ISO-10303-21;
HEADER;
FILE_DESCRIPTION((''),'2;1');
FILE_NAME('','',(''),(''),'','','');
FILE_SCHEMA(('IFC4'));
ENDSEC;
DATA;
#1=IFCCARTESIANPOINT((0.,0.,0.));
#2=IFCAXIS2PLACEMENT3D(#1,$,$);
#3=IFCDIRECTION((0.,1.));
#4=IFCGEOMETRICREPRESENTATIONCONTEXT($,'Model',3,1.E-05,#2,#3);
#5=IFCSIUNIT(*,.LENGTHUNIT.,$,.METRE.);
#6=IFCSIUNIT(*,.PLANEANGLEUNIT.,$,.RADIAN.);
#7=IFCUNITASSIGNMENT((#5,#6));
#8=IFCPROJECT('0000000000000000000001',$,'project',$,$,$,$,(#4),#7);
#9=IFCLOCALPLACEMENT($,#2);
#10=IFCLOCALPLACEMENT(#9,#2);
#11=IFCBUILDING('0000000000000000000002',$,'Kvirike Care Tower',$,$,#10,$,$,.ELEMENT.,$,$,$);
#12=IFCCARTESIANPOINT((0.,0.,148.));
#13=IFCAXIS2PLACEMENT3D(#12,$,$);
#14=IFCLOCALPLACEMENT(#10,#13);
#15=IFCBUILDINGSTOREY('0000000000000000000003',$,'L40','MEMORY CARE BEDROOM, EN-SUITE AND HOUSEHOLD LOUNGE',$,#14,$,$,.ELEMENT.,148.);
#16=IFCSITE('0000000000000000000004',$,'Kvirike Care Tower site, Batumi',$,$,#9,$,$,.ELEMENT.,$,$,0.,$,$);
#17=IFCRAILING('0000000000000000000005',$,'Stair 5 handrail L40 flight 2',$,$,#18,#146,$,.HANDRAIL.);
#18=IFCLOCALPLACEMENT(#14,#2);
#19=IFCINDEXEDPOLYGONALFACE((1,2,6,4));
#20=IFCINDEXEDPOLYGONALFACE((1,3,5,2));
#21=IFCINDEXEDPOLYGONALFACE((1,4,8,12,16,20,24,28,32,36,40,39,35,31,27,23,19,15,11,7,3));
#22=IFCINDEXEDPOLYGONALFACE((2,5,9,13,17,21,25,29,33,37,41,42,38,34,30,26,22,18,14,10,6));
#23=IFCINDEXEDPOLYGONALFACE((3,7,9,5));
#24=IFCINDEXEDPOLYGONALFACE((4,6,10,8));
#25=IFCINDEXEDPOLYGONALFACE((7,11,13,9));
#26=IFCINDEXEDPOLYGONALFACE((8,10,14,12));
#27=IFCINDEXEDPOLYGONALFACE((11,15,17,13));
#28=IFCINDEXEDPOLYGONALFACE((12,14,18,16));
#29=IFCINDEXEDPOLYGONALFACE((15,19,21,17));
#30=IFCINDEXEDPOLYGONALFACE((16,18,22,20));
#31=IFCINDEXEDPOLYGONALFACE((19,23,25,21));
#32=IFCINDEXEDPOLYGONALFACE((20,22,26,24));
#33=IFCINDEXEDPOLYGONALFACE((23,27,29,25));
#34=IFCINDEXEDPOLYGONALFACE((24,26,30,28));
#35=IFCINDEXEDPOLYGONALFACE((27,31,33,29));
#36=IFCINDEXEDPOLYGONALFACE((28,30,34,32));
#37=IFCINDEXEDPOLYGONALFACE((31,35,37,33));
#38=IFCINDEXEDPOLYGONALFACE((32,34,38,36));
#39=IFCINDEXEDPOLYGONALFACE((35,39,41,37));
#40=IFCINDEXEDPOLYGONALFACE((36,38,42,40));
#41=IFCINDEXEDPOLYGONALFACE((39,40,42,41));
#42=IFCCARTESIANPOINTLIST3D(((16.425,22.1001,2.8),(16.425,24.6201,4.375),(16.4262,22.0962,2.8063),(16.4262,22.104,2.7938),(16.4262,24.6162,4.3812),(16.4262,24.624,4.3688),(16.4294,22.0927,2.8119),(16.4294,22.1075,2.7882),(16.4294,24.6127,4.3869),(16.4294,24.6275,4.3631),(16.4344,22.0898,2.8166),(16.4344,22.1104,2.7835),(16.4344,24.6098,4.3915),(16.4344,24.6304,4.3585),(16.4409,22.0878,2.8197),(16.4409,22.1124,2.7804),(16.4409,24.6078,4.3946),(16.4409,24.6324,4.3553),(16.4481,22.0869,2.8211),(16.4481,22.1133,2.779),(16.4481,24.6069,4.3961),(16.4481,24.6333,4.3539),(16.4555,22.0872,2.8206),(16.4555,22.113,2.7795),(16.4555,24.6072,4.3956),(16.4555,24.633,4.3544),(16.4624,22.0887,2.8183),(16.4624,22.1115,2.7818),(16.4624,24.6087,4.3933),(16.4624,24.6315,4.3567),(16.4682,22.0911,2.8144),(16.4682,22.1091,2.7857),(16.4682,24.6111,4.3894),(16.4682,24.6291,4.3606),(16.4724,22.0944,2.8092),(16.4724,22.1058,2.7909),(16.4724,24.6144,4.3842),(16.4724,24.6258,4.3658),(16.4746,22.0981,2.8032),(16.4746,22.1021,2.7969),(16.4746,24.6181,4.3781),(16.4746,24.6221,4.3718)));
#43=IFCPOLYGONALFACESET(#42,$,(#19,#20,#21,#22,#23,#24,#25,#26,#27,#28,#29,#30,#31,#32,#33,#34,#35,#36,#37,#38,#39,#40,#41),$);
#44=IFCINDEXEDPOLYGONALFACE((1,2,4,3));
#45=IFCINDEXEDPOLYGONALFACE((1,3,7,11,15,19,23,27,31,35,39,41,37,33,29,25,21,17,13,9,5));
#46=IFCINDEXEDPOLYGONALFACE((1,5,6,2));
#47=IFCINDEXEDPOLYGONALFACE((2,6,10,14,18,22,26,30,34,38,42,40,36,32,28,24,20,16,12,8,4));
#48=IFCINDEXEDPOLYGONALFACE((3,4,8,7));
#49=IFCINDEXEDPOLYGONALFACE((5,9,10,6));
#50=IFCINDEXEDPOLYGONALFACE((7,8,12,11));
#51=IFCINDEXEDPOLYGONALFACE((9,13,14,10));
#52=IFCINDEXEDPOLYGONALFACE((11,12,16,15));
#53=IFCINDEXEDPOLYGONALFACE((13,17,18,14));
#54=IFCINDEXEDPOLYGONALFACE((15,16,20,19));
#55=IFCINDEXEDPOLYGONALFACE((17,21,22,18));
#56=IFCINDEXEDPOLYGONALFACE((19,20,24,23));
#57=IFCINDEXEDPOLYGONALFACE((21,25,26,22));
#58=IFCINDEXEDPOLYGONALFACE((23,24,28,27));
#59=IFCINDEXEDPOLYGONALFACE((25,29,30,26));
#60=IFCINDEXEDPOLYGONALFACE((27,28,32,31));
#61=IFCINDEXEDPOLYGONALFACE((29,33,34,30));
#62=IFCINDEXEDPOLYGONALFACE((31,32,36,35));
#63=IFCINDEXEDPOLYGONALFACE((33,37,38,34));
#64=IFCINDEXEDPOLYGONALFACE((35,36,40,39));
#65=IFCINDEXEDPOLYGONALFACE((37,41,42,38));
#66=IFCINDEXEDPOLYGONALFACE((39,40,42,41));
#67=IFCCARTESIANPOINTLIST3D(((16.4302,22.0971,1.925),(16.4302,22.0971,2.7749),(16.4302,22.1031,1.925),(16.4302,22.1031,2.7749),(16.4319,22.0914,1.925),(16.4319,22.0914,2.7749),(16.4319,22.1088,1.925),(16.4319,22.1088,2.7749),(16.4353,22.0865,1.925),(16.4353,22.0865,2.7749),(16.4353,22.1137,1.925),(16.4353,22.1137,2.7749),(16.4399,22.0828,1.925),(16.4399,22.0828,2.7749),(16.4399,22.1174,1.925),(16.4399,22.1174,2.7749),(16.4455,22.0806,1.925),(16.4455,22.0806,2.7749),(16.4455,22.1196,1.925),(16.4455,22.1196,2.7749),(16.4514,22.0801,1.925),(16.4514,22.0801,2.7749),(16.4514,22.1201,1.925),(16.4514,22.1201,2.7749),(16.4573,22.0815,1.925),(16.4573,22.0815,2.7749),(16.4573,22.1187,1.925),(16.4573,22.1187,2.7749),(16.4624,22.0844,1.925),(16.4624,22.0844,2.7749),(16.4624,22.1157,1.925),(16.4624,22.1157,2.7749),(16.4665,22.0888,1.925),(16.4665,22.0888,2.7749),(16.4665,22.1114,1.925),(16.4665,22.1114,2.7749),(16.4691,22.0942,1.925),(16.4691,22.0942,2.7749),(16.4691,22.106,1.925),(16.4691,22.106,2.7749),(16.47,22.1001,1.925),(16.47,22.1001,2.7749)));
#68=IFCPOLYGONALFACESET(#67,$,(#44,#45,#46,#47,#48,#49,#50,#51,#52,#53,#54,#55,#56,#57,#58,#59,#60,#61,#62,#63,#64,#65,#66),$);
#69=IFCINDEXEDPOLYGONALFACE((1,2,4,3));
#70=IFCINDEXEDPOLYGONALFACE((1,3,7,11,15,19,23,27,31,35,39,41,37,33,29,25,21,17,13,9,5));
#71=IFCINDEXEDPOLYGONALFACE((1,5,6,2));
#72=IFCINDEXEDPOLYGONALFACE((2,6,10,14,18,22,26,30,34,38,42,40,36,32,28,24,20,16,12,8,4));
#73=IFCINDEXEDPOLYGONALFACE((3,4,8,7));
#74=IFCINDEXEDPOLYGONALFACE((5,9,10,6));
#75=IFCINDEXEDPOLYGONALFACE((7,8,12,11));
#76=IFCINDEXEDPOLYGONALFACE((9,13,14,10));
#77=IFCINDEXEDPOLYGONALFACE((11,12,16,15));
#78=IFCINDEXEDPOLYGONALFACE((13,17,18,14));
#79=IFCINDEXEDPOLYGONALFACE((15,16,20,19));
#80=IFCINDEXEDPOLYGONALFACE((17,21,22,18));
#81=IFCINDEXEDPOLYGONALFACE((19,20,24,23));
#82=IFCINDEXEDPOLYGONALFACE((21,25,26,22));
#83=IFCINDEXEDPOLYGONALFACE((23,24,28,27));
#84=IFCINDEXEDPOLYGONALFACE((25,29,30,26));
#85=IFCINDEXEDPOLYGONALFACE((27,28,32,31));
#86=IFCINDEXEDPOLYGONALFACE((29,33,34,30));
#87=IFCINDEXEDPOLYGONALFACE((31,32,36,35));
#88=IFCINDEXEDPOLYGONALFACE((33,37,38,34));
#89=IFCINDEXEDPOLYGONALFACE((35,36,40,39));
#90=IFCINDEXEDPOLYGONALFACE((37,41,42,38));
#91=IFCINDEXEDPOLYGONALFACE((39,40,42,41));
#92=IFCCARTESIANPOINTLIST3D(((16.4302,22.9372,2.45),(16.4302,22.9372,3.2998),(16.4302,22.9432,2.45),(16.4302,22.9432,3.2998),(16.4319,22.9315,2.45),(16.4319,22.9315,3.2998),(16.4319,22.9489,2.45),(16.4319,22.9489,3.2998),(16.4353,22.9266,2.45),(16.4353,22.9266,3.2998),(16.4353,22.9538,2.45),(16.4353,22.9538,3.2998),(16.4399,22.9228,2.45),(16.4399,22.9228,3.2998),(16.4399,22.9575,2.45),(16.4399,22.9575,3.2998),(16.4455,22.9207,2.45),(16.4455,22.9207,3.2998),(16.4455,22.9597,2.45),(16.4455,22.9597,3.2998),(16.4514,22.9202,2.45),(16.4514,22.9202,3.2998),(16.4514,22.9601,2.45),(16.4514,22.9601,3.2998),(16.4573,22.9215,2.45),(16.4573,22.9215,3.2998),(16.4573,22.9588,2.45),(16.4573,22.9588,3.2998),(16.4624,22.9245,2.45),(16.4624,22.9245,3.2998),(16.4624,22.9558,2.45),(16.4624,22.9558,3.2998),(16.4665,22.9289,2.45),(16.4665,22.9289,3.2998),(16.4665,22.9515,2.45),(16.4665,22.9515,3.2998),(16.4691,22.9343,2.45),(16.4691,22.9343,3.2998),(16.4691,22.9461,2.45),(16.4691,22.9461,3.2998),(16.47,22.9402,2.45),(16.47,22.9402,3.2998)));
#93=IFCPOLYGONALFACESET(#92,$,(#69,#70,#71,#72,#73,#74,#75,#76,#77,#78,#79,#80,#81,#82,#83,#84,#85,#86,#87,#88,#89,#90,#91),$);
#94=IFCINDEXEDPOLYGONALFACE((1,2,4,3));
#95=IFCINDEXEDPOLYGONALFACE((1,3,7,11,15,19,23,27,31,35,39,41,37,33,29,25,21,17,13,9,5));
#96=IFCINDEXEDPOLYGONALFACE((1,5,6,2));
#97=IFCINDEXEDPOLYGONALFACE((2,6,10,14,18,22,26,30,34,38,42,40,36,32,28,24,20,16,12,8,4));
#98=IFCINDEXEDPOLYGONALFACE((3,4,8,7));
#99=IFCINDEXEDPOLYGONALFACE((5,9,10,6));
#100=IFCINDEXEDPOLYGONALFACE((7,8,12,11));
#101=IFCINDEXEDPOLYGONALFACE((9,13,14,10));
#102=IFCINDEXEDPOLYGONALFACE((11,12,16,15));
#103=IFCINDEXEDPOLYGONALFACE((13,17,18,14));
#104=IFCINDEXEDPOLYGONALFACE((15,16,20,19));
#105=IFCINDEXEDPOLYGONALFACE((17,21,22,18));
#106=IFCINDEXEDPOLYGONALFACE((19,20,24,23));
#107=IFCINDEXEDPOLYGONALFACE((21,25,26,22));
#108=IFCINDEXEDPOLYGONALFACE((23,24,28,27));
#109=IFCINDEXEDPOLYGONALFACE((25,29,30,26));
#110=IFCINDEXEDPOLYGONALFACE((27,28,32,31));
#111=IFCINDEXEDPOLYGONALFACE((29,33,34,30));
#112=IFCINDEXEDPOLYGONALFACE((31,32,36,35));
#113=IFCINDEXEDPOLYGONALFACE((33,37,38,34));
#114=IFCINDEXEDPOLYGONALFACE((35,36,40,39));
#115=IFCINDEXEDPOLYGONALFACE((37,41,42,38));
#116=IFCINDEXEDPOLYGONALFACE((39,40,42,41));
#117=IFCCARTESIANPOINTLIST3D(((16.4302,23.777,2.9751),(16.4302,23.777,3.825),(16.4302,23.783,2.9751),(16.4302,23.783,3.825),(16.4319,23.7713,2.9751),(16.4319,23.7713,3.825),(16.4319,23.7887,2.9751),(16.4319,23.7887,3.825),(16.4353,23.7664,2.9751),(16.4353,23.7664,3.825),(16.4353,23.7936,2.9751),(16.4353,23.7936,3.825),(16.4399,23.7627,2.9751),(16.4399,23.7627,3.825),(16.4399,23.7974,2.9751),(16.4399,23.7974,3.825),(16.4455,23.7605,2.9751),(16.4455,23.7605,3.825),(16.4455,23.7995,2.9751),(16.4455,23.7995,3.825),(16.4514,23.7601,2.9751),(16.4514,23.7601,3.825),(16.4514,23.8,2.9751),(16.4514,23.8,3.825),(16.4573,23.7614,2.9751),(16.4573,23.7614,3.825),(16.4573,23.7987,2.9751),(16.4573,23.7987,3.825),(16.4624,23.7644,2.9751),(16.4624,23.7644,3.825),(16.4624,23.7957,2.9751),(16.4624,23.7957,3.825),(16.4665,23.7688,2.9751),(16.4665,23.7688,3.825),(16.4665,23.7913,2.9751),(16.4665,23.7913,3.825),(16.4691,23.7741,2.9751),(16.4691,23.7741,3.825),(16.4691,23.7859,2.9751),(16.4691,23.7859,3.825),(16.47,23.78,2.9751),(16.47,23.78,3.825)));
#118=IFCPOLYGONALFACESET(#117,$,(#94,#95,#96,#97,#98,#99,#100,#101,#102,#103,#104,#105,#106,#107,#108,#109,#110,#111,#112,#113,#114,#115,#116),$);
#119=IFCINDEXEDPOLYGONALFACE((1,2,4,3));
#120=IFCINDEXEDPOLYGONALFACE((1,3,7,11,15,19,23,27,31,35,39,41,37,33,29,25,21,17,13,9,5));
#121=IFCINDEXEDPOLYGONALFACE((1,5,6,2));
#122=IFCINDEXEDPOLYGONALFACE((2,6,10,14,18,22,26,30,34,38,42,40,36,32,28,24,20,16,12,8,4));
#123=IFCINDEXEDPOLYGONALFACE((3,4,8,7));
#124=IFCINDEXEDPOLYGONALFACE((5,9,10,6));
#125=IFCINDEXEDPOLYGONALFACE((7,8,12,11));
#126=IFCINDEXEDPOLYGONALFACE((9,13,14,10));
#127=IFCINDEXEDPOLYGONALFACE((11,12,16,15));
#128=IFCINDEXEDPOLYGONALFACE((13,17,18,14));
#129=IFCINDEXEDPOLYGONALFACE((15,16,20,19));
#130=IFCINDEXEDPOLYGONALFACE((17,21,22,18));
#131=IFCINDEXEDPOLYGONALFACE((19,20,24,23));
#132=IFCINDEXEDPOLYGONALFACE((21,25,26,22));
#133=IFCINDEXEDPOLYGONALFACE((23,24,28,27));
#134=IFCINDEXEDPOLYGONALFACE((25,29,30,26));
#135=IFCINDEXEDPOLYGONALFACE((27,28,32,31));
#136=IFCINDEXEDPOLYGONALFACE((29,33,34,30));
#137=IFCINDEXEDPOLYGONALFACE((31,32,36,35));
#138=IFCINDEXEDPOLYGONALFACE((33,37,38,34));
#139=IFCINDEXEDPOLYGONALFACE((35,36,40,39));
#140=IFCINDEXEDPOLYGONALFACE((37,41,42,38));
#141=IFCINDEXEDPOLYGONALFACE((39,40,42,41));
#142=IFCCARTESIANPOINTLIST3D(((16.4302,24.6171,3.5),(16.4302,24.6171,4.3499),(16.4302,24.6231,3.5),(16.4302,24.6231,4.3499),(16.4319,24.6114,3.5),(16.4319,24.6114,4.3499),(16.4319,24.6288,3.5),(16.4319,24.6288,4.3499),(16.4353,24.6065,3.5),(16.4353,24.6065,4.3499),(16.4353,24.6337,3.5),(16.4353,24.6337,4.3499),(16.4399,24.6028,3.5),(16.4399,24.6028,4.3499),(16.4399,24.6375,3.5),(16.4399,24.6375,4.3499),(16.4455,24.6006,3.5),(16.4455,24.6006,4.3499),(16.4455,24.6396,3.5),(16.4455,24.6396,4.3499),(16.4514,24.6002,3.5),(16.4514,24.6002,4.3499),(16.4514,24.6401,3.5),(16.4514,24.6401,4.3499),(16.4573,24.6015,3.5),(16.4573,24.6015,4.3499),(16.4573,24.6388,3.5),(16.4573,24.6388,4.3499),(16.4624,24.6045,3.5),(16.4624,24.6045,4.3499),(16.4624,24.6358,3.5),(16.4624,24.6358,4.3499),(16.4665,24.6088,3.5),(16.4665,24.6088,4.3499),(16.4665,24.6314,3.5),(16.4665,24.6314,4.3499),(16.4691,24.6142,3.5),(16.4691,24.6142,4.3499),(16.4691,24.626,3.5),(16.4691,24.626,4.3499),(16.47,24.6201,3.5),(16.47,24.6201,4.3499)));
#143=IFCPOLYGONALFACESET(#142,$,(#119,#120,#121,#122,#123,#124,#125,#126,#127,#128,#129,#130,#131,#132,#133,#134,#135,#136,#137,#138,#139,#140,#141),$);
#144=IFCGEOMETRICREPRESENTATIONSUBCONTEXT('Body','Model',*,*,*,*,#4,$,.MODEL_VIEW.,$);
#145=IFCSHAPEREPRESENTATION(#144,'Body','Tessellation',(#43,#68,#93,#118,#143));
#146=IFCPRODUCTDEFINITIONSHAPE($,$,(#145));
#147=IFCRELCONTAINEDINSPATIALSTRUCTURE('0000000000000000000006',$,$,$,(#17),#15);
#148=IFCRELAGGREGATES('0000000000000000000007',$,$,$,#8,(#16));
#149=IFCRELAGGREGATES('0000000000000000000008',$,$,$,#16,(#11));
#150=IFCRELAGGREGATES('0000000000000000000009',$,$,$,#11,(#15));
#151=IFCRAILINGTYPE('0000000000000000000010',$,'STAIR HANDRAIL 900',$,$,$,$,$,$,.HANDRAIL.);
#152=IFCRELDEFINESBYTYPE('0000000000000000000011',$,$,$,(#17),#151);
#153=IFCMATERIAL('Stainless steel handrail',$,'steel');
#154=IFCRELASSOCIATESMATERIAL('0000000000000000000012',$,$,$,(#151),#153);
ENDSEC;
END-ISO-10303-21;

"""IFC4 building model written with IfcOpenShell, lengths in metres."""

from ifc_helpers import new_model, si_unit, direction, frame, origin, origin_2d, place, context, subcontext, project, spatial, circle, extrude, material, type_object, element, save


model = new_model("IFC4")

# Units and contexts
model_context = context("Model", 3, precision=1e-05, world=origin(), true_north=direction((0.0, 1.0)))
body_context = subcontext(model_context, "Body", "Model", "MODEL_VIEW")
ifc_project = project(units=[si_unit("LENGTHUNIT", "METRE"), si_unit("PLANEANGLEUNIT", "RADIAN")], contexts=[model_context])

# Site, building, storey
site_placement = place(None, origin())
site = spatial("IfcSite", under=ifc_project, at=site_placement, Name="Kvirike Care Tower site, Batumi", CompositionType="ELEMENT", RefElevation=0.0)
building_placement = place(site_placement, origin())
building = spatial("IfcBuilding", under=site, at=building_placement, Name="Kvirike Care Tower", CompositionType="ELEMENT")
storey_placement = place(building_placement, frame((0.0, 0.0, 148.0)))
storey = spatial("IfcBuildingStorey", under=building, at=storey_placement, Name="L40", Description="MEMORY CARE BEDROOM, EN-SUITE AND HOUSEHOLD LOUNGE", CompositionType="ELEMENT", Elevation=148.0)

# Railing
ifc_material_1 = material(Name="Stainless steel handrail", Category="steel")
railing_type = type_object("IfcRailingType", Name="STAIR HANDRAIL 900", PredefinedType="HANDRAIL", material=ifc_material_1)
railing_placement = place(storey_placement, frame((16.45, 22.1001, 1.925)))
element("IfcRailing", 1, at=railing_placement, inside=storey, type_object=railing_type, Name="Stair 5 handrail L40 flight 2", PredefinedType="HANDRAIL", context=body_context, shape_type="SweptSolid", body=[
    extrude(circle(Radius=0.0249, at=origin_2d()), frame((0.0, 0.0, 0.875), z_axis=(0.0, 0.848008, 0.529984), x_axis=(-1.0, 0.0, 0.0)), (0.0, 0.0, 1.0), 2.9717),
    extrude(circle(Radius=0.02, at=origin_2d()), origin(), (0.0, 0.0, 1.0), 0.8499),
    extrude(circle(Radius=0.02, at=origin_2d()), frame((0.0, 0.8401, 0.5249)), (0.0, 0.0, 1.0), 0.8499),
    extrude(circle(Radius=0.02, at=origin_2d()), frame((0.0, 1.6799, 1.05)), (0.0, 0.0, 1.0), 0.8499),
    extrude(circle(Radius=0.02, at=origin_2d()), frame((0.0, 2.52, 1.575)), (0.0, 0.0, 1.0), 0.8499),
])

save(model, "model.ifc")
